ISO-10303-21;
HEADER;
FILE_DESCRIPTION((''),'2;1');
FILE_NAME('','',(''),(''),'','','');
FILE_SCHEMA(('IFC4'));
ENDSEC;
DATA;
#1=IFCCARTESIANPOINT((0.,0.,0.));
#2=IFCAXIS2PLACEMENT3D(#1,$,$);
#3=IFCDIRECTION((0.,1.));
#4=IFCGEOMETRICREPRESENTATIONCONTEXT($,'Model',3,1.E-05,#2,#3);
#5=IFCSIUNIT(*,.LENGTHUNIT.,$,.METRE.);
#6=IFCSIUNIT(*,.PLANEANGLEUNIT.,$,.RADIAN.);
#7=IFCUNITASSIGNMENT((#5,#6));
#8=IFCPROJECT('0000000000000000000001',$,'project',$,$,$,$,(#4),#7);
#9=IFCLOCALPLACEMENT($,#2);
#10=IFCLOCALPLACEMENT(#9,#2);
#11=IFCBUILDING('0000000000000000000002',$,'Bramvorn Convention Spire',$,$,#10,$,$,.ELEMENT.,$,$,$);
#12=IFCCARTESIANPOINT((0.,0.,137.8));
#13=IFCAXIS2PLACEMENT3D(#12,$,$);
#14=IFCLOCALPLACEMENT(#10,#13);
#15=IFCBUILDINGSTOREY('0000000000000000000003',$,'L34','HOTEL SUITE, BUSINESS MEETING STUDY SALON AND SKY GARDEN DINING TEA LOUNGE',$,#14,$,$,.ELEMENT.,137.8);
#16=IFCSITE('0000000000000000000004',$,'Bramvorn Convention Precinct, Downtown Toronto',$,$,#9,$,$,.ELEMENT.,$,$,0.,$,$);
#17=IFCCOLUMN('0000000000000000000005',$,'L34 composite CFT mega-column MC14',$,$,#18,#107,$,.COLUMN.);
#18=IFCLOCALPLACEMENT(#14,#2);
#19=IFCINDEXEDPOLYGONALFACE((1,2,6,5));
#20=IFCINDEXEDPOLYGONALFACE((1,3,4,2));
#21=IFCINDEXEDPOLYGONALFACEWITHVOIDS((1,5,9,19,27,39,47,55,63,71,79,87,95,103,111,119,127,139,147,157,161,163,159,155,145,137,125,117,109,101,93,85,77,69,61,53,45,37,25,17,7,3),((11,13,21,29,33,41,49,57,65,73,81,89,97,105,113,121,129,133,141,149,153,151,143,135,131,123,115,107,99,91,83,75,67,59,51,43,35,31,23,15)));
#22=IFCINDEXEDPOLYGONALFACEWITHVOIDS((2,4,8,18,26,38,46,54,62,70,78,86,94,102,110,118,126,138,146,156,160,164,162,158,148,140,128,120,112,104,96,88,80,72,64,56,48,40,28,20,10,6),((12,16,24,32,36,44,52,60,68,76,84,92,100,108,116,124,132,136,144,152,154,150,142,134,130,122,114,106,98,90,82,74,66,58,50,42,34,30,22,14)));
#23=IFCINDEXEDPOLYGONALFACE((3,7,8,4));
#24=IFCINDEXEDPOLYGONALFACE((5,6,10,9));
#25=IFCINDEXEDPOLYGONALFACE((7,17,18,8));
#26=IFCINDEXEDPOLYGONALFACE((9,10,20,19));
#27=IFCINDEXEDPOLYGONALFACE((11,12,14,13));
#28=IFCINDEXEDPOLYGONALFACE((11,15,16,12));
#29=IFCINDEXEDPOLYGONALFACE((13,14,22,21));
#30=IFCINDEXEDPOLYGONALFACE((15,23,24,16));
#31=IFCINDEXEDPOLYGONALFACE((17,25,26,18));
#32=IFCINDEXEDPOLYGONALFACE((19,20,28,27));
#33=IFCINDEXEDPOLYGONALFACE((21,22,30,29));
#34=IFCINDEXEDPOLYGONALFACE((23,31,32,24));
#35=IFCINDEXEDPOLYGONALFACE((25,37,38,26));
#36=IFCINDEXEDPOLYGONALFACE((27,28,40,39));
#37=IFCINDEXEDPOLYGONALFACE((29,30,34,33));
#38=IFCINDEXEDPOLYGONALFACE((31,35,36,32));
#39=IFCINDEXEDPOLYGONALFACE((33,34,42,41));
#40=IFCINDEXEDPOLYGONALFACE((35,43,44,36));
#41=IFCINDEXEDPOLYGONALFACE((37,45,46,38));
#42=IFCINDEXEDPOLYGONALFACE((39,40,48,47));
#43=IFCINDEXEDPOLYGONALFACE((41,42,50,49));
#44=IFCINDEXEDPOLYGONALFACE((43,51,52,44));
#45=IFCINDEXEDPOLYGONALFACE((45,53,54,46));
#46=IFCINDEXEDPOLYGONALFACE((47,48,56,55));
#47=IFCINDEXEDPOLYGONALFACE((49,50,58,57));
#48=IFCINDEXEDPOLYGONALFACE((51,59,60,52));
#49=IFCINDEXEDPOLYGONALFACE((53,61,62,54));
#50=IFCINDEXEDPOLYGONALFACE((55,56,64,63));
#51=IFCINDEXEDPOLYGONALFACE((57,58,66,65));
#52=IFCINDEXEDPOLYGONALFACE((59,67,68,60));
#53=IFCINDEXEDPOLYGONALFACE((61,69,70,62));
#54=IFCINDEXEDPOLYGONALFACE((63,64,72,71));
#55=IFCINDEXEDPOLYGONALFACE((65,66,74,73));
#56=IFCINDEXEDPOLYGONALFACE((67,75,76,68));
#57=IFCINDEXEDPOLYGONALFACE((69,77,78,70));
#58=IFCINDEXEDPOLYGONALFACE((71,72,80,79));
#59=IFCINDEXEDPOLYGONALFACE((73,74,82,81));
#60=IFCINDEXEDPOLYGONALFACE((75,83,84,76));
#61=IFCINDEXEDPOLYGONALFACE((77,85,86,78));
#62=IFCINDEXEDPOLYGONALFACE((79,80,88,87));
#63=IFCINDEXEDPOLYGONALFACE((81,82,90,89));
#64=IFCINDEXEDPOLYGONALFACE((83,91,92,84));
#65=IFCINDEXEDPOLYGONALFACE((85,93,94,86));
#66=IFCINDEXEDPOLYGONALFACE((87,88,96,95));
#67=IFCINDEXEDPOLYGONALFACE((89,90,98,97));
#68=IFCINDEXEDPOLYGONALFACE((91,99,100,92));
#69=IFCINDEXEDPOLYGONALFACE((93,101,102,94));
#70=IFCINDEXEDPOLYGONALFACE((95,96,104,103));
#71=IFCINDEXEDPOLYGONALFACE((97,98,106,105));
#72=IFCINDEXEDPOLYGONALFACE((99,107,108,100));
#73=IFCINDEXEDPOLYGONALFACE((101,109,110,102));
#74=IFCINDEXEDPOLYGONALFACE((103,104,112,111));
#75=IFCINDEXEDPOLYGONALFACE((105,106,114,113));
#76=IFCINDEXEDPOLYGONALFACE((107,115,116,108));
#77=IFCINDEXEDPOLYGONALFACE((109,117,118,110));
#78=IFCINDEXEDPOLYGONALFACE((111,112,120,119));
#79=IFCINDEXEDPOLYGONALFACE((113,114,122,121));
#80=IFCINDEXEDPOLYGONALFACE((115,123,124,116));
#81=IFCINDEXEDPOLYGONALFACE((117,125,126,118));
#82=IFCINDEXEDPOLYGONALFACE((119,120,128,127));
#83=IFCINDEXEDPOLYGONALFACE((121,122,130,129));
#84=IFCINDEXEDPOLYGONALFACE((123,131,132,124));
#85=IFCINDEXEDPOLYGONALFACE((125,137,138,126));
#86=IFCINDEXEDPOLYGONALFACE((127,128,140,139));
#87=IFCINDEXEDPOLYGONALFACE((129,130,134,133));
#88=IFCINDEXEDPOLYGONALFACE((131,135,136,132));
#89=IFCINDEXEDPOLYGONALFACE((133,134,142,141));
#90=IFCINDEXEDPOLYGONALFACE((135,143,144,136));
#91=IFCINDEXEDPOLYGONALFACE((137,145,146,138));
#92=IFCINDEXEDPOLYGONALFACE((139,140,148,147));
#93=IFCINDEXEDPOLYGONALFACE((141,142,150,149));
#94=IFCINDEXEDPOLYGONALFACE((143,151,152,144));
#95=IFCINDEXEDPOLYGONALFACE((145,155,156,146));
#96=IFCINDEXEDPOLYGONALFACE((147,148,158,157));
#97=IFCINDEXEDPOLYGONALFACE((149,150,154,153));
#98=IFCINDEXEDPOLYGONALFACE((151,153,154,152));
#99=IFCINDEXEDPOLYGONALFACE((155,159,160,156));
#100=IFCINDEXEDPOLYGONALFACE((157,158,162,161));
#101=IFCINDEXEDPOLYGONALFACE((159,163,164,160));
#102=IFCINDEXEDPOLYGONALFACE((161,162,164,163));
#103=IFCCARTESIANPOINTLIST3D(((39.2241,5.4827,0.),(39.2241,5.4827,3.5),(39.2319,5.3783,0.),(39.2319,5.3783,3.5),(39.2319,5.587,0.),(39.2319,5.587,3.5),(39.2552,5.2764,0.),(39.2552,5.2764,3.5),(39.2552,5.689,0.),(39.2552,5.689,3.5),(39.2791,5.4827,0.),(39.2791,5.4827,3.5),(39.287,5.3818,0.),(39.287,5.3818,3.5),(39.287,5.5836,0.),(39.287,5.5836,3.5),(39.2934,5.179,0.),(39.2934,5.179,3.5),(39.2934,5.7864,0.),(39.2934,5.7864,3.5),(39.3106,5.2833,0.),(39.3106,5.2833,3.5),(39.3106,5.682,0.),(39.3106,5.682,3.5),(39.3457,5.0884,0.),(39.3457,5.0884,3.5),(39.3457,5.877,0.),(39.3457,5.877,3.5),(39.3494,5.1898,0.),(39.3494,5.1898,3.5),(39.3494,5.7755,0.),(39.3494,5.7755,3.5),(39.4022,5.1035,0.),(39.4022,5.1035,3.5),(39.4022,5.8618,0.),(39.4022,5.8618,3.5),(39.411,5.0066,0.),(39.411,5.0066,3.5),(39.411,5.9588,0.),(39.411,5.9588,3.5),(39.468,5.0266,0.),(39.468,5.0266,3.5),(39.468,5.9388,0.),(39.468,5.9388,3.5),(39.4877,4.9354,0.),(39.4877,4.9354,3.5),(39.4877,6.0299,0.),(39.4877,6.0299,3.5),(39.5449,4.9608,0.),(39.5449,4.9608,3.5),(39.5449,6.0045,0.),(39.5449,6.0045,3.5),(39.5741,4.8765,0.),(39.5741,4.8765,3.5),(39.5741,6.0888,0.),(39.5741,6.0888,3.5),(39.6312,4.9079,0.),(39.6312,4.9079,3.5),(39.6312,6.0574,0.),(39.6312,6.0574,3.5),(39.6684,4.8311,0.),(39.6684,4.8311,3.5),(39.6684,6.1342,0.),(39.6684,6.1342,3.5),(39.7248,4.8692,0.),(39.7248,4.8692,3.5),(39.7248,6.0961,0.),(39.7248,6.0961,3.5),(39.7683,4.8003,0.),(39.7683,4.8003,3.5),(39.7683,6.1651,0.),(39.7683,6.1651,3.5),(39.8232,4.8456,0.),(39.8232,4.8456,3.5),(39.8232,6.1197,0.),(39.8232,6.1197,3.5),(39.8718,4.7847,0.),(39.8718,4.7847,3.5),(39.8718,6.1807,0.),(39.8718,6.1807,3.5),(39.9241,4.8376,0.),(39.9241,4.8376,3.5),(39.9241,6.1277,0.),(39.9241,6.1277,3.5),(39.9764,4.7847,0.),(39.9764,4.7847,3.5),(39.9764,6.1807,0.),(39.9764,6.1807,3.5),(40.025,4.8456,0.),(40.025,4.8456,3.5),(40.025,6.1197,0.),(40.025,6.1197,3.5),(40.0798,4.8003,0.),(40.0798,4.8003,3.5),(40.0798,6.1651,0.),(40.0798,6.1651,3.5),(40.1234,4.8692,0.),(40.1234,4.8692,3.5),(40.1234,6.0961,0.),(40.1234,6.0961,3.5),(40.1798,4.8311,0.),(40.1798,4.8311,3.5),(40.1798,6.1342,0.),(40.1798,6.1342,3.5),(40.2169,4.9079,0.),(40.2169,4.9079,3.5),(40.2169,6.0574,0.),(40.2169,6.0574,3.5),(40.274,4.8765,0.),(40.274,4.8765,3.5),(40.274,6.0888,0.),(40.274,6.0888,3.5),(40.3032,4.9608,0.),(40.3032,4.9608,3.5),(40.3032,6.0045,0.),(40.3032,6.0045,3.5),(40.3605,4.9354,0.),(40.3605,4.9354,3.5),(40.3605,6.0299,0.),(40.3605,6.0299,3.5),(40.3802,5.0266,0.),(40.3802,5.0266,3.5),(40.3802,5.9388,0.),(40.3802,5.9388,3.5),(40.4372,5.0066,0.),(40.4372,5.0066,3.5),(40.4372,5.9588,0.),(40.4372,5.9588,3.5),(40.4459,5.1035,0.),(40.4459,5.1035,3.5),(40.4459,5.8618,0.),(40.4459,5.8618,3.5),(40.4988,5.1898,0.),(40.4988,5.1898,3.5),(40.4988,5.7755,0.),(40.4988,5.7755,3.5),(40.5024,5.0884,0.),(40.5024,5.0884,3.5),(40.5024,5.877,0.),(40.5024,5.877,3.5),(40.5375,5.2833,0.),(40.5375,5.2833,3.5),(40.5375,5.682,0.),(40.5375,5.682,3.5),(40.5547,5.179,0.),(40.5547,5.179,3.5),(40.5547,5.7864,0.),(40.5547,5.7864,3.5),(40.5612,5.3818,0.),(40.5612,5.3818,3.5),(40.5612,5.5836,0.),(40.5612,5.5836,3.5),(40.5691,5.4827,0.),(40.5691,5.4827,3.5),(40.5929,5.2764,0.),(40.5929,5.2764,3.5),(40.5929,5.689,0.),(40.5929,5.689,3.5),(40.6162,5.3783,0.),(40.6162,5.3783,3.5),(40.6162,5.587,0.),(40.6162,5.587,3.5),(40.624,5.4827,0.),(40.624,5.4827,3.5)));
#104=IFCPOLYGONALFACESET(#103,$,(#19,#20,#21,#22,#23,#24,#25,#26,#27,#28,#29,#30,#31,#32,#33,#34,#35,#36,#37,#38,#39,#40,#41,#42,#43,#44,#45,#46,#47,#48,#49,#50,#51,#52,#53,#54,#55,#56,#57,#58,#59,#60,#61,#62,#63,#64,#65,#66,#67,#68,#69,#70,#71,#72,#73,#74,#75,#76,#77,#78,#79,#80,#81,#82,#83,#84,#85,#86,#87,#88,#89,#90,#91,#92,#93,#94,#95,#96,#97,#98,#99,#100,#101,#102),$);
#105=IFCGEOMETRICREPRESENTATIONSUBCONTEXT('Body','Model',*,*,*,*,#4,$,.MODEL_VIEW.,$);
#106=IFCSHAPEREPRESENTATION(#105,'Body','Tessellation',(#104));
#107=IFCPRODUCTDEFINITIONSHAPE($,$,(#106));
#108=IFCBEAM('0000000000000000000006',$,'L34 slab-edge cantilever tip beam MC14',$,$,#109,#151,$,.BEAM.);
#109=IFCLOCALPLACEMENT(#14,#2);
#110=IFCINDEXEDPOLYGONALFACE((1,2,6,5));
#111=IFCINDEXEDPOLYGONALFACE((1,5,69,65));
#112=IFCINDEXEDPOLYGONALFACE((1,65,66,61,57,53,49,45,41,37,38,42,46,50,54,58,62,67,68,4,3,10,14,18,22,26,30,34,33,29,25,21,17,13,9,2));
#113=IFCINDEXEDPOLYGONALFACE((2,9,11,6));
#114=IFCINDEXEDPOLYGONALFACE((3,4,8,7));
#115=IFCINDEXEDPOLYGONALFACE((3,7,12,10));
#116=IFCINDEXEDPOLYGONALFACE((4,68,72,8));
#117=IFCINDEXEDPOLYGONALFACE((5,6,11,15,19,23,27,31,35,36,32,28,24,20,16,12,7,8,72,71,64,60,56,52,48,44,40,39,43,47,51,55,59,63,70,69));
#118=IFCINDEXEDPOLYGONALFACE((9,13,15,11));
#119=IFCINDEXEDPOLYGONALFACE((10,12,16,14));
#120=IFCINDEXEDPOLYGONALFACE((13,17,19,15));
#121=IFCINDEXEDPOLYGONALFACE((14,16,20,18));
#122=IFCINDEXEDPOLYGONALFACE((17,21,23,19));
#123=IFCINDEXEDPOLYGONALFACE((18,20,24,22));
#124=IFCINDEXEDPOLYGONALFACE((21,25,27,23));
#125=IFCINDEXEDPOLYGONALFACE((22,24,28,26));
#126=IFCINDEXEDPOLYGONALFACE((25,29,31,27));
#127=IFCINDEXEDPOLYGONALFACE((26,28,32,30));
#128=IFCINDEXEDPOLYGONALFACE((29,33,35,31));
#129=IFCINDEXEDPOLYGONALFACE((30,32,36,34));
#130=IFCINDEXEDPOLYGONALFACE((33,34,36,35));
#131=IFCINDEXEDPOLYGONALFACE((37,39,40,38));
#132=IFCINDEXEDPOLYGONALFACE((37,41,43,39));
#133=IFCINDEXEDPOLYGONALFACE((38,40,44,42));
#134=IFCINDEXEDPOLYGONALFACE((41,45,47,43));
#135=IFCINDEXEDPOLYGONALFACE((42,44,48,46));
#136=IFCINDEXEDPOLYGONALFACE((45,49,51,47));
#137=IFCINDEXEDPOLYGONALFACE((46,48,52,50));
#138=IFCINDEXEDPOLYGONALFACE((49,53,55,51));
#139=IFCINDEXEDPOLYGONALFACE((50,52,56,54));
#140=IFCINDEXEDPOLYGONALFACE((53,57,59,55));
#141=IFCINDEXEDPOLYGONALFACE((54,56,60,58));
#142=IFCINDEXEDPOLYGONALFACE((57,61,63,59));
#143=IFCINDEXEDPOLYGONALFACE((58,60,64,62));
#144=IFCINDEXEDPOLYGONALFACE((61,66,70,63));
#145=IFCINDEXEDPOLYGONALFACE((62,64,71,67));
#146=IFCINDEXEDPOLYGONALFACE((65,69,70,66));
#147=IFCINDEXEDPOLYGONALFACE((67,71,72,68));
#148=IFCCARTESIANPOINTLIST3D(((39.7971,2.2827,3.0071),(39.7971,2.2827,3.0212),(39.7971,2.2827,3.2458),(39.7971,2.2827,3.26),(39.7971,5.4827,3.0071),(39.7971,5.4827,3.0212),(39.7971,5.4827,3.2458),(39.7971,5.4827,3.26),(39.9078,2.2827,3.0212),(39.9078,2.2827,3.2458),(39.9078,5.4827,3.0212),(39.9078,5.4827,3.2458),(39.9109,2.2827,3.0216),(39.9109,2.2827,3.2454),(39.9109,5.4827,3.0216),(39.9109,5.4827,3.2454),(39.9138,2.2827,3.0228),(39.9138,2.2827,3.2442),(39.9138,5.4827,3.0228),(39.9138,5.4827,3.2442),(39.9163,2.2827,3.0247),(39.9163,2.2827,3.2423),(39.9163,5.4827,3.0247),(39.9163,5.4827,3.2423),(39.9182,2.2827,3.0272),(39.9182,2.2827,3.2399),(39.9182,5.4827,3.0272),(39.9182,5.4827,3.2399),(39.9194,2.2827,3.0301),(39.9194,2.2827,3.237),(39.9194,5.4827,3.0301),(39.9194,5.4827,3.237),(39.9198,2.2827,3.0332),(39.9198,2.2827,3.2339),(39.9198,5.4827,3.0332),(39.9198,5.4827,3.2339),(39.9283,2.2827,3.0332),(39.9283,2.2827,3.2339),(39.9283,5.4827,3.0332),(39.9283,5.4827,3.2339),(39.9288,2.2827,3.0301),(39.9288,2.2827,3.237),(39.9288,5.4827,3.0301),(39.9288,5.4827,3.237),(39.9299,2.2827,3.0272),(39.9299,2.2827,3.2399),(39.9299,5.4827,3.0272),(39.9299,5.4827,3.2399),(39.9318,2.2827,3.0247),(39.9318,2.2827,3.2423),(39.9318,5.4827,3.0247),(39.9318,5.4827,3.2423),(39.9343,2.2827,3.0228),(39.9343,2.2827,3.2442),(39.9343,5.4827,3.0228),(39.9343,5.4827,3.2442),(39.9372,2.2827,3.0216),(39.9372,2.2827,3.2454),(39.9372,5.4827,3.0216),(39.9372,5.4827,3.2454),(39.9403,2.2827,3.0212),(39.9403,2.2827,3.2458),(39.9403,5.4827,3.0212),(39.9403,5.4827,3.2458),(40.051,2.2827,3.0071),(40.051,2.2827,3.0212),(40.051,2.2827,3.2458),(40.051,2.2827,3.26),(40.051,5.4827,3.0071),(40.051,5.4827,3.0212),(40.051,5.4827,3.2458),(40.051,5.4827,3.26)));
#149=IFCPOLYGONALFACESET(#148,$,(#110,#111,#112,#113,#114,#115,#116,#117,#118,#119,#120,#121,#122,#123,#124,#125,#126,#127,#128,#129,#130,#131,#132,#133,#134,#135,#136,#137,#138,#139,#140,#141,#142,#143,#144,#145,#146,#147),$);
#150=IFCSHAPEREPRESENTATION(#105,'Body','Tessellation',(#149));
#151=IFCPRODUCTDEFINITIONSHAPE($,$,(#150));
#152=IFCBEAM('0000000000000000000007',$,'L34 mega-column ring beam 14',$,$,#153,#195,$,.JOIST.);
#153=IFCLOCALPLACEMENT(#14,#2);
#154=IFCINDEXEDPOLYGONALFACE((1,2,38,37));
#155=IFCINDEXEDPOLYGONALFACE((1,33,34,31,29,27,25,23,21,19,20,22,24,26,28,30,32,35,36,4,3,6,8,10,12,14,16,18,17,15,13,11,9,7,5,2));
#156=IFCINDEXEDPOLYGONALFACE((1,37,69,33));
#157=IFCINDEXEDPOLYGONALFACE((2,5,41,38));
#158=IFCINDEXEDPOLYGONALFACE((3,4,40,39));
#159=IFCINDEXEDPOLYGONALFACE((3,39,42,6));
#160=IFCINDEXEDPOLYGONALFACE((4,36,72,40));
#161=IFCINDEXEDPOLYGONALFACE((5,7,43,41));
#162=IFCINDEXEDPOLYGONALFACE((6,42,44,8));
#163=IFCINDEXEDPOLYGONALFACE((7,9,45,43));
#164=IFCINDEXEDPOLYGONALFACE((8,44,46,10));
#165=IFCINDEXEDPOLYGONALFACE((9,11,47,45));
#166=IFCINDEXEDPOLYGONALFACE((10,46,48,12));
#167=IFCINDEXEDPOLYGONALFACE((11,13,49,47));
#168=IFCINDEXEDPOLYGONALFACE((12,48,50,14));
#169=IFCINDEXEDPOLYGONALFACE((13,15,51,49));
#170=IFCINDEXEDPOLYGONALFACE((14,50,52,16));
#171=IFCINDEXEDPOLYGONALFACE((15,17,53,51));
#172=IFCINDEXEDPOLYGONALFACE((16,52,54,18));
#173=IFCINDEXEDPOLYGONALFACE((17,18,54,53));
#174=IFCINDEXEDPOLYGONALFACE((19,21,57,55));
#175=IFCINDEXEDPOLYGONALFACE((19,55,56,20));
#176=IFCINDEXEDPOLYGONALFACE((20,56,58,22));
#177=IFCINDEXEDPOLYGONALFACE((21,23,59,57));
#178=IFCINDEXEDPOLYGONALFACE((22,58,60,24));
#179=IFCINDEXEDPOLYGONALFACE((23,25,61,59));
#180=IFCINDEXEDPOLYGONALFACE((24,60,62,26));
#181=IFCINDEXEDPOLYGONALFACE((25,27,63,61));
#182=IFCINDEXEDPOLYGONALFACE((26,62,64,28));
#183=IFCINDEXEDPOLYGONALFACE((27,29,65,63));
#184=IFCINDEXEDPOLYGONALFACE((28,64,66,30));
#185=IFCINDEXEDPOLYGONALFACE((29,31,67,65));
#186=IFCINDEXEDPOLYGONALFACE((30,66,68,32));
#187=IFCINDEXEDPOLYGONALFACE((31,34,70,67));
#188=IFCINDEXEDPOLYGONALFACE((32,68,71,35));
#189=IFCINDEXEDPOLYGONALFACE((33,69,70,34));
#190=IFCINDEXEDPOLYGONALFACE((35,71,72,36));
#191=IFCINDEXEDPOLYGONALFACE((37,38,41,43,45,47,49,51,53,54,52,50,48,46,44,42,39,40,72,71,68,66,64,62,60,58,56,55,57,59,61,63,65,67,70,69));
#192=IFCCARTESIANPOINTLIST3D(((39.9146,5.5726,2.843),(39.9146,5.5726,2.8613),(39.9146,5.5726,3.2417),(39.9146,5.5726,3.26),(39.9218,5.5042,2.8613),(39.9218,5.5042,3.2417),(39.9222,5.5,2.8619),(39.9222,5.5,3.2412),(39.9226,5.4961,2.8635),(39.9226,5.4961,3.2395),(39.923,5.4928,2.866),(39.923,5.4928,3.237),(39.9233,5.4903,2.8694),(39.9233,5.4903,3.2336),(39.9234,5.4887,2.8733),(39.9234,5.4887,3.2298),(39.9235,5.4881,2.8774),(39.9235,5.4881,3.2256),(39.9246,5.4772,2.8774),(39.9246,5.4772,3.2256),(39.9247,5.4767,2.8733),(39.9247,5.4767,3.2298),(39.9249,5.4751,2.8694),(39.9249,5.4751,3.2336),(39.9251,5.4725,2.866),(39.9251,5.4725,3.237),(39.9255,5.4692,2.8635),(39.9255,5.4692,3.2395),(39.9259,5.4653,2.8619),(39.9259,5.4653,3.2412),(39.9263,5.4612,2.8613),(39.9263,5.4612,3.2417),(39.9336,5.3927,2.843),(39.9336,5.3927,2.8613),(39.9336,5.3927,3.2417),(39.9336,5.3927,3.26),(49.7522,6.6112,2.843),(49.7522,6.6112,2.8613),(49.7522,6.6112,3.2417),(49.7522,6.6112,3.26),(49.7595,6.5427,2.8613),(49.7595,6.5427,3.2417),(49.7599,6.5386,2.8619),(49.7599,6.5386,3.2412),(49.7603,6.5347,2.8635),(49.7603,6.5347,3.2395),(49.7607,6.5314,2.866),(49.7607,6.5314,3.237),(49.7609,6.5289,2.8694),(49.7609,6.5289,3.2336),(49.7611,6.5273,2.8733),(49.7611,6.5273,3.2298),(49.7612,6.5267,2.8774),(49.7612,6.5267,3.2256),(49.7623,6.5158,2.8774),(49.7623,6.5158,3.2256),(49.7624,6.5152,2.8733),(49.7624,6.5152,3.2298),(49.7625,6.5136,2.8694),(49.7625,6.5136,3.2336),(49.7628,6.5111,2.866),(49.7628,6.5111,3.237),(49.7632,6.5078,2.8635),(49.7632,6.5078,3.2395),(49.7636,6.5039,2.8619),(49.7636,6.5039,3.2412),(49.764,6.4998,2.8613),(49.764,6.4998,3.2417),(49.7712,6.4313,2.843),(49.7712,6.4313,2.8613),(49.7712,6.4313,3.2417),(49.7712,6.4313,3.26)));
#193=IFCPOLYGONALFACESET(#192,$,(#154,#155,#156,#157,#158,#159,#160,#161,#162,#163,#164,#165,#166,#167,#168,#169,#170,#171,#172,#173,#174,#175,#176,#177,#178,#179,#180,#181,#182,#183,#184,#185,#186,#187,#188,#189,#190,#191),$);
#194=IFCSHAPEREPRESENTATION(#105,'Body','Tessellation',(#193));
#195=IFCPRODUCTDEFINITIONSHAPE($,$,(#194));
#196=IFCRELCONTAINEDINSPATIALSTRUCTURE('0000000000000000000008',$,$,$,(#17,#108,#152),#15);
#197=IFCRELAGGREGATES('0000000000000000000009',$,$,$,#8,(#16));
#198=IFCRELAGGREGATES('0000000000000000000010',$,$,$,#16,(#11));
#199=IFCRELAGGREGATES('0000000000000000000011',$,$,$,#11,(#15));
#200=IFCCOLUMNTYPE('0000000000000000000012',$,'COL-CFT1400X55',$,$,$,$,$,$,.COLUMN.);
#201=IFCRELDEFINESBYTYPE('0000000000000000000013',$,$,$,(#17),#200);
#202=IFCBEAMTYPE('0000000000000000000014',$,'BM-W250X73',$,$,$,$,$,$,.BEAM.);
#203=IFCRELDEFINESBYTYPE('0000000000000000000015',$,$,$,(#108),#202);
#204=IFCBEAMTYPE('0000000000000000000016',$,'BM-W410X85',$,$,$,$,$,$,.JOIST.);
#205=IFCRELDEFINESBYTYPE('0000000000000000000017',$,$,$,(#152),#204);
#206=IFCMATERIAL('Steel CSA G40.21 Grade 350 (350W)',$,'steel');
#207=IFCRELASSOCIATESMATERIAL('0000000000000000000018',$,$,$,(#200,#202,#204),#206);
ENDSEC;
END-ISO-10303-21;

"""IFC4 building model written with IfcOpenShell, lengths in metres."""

from ifc_helpers import new_model, si_unit, direction, frame, origin, origin_2d, place, context, subcontext, project, spatial, hollow_circle, i_section, extrude, material, material_profile, profile_set, type_object, element, save


model = new_model("IFC4")

# Units and contexts
model_context = context("Model", 3, precision=1e-05, world=origin(), true_north=direction((0.0, 1.0)))
body_context = subcontext(model_context, "Body", "Model", "MODEL_VIEW")
ifc_project = project(units=[si_unit("LENGTHUNIT", "METRE"), si_unit("PLANEANGLEUNIT", "RADIAN")], contexts=[model_context])

# Site, building, storey
site_placement = place(None, origin())
site = spatial("IfcSite", under=ifc_project, at=site_placement, Name="Bramvorn Convention Precinct, Downtown Toronto", CompositionType="ELEMENT", RefElevation=0.0)
building_placement = place(site_placement, origin())
building = spatial("IfcBuilding", under=site, at=building_placement, Name="Bramvorn Convention Spire", CompositionType="ELEMENT")
storey_placement = place(building_placement, frame((0.0, 0.0, 137.8)))
storey = spatial("IfcBuildingStorey", under=building, at=storey_placement, Name="L34", Description="HOTEL SUITE, BUSINESS MEETING STUDY SALON AND SKY GARDEN DINING TEA LOUNGE", CompositionType="ELEMENT", Elevation=137.8)

# Column
ifc_material_1 = material(Name="Steel CSA G40.21 Grade 350 (350W)", Category="steel")
ifc_material_profile_1 = material_profile(ifc_material_1, hollow_circle(Radius=0.7, WallThickness=0.0549, at=origin_2d()))
ifc_profile_set_1 = profile_set([ifc_material_profile_1], Name="Steel CSA G40.21 Grade 350 (350W) - CFT1400X55")
column_type = type_object("IfcColumnType", Name="COL-CFT1400X55", PredefinedType="COLUMN", material=ifc_profile_set_1)
column_placement = place(storey_placement, frame((39.9241, 5.4827, 0.0), z_axis=(0.0, 0.0, 1.0), x_axis=(1.0, 0.0, 0.0)))
element("IfcColumn", 1, at=column_placement, inside=storey, type_object=column_type, Name="L34 composite CFT mega-column MC14", PredefinedType="COLUMN", context=body_context, shape_type="SweptSolid", body=[
    extrude(hollow_circle(Radius=0.7, WallThickness=0.0549, at=origin_2d()), origin(), (0.0, 0.0, 1.0), 3.5),
])

# Beams
ifc_material_profile_2 = material_profile(ifc_material_1, i_section(OverallWidth=0.2539, OverallDepth=0.2529, WebThickness=0.0085, FlangeThickness=0.0142, FilletRadius=0.012, at=origin_2d()))
ifc_profile_set_2 = profile_set([ifc_material_profile_2], Name="Steel CSA G40.21 Grade 350 (350W) - W250X73")
beam_type_1 = type_object("IfcBeamType", Name="BM-W250X73", PredefinedType="BEAM", material=ifc_profile_set_2)
beam_1_placement = place(storey_placement, frame((39.9241, 5.4827, 3.1335), z_axis=(0.0, -1.0, 0.0), x_axis=(1.0, 0.0, 0.0)))
element("IfcBeam", 2, at=beam_1_placement, inside=storey, type_object=beam_type_1, Name="L34 slab-edge cantilever tip beam MC14", PredefinedType="BEAM", context=body_context, shape_type="SweptSolid", body=[
    extrude(i_section(OverallWidth=0.2539, OverallDepth=0.2529, WebThickness=0.0085, FlangeThickness=0.0142, FilletRadius=0.012, at=origin_2d()), origin(), (0.0, 0.0, 1.0), 3.2),
])
ifc_material_profile_3 = material_profile(ifc_material_1, i_section(OverallWidth=0.1809, OverallDepth=0.417, WebThickness=0.011, FlangeThickness=0.0183, FilletRadius=0.0161, at=origin_2d()))
ifc_profile_set_3 = profile_set([ifc_material_profile_3], Name="Steel CSA G40.21 Grade 350 (350W) - W410X85")
beam_type_2 = type_object("IfcBeamType", Name="BM-W410X85", PredefinedType="JOIST", material=ifc_profile_set_3)
beam_2_placement = place(storey_placement, frame((39.9241, 5.4827, 3.0515), z_axis=(0.994473, 0.104988, 0.0), x_axis=(-0.104988, 0.994473, 0.0)))
element("IfcBeam", 3, at=beam_2_placement, inside=storey, type_object=beam_type_2, Name="L34 mega-column ring beam 14", PredefinedType="JOIST", context=body_context, shape_type="SweptSolid", body=[
    extrude(i_section(OverallWidth=0.1809, OverallDepth=0.417, WebThickness=0.011, FlangeThickness=0.0183, FilletRadius=0.0161, at=origin_2d()), origin(), (0.0, 0.0, 1.0), 9.8923),
])

save(model, "model.ifc")
